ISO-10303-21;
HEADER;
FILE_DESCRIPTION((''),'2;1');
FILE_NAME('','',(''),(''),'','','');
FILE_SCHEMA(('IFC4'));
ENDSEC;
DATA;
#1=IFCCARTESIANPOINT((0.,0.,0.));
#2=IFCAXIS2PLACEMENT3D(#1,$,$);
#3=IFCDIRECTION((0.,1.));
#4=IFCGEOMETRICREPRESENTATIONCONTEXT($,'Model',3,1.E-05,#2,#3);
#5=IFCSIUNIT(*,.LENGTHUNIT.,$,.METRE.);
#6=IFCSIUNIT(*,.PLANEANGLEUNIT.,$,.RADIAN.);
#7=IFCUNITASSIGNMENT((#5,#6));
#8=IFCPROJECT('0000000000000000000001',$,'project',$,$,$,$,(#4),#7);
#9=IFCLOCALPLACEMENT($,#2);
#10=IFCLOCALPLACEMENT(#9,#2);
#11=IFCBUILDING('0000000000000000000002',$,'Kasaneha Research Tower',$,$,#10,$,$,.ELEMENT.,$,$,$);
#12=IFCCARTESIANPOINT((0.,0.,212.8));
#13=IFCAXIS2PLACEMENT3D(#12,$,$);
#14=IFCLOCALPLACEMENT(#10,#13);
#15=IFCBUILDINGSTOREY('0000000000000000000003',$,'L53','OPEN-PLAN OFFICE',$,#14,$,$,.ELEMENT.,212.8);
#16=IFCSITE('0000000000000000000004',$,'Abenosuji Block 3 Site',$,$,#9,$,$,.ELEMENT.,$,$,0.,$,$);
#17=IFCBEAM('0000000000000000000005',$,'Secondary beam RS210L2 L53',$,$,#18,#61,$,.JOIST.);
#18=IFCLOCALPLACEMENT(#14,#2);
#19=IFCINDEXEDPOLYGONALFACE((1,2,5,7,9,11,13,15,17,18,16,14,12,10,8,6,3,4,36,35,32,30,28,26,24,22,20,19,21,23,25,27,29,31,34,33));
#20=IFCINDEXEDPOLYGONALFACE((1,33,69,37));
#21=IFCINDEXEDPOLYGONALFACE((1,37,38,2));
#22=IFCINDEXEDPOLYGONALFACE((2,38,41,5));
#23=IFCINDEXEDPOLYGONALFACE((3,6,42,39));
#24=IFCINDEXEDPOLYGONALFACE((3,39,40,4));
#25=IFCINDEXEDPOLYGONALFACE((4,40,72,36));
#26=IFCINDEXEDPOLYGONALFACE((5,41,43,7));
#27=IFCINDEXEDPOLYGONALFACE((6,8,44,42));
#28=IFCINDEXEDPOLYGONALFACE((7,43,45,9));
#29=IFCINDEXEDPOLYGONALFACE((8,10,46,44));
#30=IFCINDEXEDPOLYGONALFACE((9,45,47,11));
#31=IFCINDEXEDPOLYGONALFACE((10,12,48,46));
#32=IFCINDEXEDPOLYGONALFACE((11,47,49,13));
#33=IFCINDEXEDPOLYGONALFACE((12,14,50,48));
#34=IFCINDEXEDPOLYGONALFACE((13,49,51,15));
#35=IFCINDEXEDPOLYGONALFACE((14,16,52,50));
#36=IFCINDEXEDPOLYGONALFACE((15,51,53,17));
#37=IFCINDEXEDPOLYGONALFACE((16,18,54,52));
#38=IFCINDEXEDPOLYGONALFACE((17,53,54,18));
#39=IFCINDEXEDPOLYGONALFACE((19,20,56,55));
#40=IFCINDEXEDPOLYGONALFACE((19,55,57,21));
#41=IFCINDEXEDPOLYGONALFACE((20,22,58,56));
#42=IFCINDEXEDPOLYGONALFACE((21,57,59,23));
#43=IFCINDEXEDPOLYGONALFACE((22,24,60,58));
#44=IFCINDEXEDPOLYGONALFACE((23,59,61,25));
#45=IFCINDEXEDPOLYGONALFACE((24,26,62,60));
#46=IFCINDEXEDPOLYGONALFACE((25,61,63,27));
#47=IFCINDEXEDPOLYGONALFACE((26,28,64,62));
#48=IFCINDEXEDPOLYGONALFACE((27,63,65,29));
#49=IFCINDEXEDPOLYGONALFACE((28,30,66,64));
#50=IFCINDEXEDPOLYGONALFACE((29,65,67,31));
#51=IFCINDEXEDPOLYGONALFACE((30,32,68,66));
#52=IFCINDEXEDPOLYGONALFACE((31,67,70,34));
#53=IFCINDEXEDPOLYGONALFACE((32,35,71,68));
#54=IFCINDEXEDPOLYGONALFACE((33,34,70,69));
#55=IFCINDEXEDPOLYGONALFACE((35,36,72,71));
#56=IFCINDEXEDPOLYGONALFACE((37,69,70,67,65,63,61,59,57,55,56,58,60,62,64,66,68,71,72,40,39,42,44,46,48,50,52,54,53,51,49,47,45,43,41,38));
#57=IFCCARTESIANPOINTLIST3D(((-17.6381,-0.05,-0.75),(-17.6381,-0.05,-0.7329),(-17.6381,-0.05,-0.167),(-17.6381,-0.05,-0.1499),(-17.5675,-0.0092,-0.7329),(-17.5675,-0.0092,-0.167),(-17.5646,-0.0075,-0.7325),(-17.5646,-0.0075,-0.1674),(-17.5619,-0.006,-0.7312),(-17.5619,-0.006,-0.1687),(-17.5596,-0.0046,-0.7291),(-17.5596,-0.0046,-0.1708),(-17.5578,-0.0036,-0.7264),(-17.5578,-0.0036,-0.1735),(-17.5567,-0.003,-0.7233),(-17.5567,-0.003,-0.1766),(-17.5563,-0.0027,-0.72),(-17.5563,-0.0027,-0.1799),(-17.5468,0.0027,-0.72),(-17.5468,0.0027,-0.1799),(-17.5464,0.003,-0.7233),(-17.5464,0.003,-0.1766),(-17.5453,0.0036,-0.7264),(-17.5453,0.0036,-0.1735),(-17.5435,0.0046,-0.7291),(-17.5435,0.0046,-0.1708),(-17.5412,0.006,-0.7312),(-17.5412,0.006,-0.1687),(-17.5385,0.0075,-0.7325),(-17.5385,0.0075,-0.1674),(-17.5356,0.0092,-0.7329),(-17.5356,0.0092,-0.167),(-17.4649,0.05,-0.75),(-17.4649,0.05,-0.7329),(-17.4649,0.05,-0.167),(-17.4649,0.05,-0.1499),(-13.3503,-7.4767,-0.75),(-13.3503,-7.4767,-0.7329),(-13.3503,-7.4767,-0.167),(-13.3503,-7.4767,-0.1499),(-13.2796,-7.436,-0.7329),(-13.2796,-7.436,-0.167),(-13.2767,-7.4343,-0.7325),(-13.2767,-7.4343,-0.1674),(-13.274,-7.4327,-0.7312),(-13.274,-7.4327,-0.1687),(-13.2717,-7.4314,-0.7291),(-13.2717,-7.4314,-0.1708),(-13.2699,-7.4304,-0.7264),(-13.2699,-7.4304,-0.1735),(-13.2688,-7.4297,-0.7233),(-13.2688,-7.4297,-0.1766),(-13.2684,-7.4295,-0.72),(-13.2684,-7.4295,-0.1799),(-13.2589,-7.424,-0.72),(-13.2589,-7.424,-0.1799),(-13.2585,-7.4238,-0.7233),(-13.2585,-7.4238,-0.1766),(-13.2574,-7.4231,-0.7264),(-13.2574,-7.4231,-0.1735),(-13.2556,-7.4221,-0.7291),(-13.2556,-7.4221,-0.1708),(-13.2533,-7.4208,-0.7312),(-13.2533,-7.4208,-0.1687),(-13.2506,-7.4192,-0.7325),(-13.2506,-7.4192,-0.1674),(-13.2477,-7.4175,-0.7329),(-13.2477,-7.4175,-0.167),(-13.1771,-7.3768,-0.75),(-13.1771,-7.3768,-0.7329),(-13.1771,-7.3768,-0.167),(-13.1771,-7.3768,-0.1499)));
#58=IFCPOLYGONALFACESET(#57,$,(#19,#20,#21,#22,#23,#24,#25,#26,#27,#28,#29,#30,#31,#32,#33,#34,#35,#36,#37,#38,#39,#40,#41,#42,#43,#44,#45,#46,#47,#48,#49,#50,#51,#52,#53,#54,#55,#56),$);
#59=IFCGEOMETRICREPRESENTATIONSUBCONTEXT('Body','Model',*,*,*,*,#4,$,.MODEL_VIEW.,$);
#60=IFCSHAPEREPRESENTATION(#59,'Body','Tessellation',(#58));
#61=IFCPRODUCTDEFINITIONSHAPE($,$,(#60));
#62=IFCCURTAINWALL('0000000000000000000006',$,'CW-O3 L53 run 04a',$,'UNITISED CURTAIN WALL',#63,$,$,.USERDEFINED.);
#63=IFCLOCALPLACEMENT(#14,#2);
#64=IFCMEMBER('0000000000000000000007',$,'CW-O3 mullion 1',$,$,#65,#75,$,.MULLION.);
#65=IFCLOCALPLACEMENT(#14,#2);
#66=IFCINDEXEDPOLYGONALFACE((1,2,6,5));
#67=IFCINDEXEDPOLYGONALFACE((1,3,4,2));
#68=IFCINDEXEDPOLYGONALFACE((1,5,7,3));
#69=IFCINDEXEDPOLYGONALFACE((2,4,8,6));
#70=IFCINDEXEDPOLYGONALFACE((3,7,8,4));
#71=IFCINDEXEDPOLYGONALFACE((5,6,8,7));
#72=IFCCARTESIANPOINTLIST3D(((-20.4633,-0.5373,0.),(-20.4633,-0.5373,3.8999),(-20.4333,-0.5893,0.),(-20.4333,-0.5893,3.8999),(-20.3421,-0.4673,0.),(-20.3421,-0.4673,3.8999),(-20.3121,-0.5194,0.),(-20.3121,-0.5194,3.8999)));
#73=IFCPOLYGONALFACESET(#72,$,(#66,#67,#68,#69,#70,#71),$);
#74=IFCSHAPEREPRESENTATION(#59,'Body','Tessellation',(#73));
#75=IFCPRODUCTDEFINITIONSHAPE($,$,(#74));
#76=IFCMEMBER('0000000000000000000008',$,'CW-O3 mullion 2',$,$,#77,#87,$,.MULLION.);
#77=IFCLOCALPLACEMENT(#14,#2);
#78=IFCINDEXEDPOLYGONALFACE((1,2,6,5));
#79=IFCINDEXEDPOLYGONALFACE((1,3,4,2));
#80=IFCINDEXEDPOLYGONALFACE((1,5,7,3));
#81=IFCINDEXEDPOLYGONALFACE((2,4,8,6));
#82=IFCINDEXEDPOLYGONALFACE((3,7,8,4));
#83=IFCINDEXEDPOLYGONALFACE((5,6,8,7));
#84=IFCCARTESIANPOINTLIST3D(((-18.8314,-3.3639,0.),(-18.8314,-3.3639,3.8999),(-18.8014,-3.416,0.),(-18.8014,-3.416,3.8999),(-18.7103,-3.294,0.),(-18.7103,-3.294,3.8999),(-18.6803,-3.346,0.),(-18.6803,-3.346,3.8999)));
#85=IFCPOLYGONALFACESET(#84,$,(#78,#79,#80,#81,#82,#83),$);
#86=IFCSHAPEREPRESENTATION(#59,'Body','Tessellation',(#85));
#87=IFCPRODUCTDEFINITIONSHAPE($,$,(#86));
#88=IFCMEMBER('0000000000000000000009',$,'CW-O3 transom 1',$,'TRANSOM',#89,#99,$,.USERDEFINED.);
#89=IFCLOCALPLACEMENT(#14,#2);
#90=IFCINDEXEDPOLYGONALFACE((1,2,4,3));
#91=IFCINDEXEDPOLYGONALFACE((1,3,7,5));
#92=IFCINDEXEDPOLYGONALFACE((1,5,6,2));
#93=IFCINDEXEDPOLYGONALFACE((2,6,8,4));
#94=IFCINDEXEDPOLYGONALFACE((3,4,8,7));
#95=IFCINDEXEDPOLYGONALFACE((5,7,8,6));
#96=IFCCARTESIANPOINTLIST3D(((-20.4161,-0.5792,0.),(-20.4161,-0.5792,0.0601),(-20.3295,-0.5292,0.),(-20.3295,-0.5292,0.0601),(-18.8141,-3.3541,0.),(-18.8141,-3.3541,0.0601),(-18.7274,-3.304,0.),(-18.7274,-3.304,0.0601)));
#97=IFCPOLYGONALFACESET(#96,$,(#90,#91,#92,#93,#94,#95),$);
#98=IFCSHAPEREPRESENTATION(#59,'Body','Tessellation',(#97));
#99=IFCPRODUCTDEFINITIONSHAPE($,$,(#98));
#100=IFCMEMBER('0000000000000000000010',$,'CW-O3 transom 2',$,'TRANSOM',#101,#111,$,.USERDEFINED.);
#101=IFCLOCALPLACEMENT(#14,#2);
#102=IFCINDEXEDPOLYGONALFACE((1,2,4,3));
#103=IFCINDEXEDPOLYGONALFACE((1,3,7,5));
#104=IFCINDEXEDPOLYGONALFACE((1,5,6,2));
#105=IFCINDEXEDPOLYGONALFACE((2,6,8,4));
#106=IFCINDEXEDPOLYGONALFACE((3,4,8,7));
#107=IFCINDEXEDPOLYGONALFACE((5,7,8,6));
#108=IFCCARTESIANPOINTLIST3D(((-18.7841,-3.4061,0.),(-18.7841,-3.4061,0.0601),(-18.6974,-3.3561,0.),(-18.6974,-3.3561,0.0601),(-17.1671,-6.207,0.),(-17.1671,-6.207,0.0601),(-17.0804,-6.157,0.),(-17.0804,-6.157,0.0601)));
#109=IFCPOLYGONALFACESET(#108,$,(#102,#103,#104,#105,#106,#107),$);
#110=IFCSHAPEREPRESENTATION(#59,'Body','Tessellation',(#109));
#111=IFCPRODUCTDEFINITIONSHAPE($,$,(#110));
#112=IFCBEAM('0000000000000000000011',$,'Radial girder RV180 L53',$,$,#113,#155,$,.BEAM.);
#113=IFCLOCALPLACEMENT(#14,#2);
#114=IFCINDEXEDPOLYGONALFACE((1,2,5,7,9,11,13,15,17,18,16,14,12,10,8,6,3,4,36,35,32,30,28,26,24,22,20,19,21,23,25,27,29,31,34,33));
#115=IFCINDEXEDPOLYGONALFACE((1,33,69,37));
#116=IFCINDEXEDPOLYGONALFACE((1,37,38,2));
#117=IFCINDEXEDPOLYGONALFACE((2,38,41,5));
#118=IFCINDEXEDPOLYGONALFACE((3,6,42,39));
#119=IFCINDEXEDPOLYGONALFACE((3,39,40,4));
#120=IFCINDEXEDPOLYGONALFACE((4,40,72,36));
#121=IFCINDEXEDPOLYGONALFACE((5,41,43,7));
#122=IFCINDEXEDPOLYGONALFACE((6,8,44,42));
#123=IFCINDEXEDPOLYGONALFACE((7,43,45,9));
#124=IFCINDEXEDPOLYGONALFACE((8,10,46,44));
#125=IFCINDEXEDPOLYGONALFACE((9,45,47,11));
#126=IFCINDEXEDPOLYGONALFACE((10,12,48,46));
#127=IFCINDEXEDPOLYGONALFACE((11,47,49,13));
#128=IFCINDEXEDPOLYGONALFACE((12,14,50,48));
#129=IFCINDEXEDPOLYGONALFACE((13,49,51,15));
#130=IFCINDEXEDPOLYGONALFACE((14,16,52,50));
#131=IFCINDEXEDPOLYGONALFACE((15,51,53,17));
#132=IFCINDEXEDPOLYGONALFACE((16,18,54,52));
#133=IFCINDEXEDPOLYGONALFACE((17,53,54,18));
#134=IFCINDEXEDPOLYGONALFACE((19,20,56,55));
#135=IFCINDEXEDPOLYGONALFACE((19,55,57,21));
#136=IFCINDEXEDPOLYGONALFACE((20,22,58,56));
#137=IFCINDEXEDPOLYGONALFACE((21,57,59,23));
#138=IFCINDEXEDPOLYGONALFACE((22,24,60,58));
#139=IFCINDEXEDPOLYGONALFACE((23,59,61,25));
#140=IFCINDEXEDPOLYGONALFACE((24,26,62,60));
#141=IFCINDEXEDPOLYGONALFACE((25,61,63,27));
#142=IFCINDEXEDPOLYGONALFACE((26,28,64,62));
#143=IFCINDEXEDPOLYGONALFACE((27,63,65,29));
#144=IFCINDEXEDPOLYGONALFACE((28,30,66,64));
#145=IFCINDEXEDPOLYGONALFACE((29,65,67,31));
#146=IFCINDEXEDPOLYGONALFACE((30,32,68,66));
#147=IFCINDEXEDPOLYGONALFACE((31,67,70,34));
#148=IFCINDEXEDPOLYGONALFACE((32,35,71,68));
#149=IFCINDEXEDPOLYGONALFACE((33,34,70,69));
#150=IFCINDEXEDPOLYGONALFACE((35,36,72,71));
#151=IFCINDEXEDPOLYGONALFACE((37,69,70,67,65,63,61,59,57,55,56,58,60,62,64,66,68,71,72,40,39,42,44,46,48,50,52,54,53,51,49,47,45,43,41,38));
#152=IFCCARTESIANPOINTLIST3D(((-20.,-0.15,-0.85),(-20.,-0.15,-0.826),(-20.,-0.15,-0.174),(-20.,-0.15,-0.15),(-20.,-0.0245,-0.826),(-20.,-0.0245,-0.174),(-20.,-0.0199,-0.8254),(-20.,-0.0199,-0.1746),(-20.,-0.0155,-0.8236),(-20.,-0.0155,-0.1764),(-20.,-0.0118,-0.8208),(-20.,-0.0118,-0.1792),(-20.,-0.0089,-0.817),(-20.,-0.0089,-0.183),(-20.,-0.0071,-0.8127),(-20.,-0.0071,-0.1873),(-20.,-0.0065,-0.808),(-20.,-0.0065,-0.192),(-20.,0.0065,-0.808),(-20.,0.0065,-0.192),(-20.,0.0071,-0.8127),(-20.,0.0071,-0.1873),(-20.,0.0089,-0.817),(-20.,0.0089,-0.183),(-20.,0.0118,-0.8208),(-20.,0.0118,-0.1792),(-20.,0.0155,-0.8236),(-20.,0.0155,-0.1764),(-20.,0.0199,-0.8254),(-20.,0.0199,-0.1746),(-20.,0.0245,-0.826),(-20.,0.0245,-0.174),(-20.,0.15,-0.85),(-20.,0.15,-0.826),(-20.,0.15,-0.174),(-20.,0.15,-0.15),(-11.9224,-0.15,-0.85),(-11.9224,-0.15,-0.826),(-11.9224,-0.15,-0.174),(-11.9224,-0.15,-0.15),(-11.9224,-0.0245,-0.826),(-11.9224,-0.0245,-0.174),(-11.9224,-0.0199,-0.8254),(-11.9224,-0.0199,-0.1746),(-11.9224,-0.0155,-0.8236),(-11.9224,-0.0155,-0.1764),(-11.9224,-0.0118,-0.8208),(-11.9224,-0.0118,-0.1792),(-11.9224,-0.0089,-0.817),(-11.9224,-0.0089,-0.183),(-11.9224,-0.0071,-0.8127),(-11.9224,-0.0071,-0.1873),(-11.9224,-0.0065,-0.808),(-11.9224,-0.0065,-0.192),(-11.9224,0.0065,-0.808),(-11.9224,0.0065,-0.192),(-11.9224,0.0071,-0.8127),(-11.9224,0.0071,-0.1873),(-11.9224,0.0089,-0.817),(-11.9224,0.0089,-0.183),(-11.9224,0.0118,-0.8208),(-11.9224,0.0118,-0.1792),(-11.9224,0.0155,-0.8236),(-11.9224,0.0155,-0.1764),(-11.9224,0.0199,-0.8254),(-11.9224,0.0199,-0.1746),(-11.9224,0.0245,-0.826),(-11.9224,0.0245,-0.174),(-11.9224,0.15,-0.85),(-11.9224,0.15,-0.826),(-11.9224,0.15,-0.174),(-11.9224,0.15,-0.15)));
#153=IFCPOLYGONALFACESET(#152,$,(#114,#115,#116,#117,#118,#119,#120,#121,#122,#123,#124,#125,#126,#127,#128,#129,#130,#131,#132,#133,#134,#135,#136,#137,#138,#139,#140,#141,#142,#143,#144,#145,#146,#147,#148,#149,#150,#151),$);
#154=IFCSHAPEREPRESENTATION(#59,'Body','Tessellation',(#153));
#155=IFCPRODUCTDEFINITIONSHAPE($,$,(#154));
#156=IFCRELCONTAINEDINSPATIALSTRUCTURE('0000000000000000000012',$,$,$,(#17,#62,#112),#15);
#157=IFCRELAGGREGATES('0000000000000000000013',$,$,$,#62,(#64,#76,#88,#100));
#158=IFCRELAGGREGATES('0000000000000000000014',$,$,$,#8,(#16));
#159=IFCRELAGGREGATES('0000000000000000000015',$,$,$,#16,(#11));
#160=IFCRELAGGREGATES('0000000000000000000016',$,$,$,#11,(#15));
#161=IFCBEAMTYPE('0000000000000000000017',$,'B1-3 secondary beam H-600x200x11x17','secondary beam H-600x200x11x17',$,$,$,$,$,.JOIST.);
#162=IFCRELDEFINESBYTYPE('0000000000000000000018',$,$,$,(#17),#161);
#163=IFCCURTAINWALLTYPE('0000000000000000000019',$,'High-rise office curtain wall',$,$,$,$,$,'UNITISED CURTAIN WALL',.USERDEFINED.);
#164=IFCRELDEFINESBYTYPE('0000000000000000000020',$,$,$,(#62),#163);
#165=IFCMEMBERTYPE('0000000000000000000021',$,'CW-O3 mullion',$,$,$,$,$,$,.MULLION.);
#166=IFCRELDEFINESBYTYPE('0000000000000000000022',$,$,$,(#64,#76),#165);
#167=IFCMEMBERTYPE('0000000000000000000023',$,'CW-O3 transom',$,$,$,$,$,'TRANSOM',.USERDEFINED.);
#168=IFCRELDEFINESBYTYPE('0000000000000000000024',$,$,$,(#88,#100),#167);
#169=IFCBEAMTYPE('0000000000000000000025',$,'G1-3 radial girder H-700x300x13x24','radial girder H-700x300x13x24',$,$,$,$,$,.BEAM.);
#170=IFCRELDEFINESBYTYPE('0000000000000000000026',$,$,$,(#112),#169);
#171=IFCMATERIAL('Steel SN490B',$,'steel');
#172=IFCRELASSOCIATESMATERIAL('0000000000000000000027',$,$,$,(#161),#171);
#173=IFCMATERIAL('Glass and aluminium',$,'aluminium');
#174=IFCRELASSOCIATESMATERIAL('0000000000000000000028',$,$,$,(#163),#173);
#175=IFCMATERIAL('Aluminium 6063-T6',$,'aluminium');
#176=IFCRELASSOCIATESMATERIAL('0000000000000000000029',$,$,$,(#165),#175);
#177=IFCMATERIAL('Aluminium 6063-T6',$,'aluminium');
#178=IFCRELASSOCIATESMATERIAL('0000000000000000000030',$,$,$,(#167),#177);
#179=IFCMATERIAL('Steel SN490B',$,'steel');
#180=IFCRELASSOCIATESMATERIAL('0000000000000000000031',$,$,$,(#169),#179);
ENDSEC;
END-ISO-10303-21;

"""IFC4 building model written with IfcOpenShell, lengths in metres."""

from ifc_helpers import new_model, si_unit, direction, frame, origin, origin_2d, place, context, subcontext, project, spatial, rectangle, i_section, extrude, material, material_profile, profile_set, type_object, element, aggregate, save


model = new_model("IFC4")

# Units and contexts
model_context = context("Model", 3, precision=1e-05, world=origin(), true_north=direction((0.0, 1.0)))
body_context = subcontext(model_context, "Body", "Model", "MODEL_VIEW")
ifc_project = project(units=[si_unit("LENGTHUNIT", "METRE"), si_unit("PLANEANGLEUNIT", "RADIAN")], contexts=[model_context])

# Site, building, storey
site_placement = place(None, origin())
site = spatial("IfcSite", under=ifc_project, at=site_placement, Name="Abenosuji Block 3 Site", CompositionType="ELEMENT", RefElevation=0.0)
building_placement = place(site_placement, origin())
building = spatial("IfcBuilding", under=site, at=building_placement, Name="Kasaneha Research Tower", CompositionType="ELEMENT")
storey_placement = place(building_placement, frame((0.0, 0.0, 212.8)))
storey = spatial("IfcBuildingStorey", under=building, at=storey_placement, Name="L53", Description="OPEN-PLAN OFFICE", CompositionType="ELEMENT", Elevation=212.8)

# Beam
ifc_material_1 = material(Name="Steel SN490B", Category="steel")
ifc_material_profile_1 = material_profile(ifc_material_1, i_section(OverallWidth=0.2, OverallDepth=0.6001, WebThickness=0.011, FlangeThickness=0.0171, FilletRadius=0.0129, at=origin_2d()), Name="H-600x200x11x17")
ifc_profile_set_1 = profile_set([ifc_material_profile_1], Name="Steel SN490B")
beam_type_1 = type_object("IfcBeamType", Name="B1-3 secondary beam H-600x200x11x17", Description="secondary beam H-600x200x11x17", PredefinedType="JOIST", material=ifc_profile_set_1)
beam_1_placement = place(storey_placement, frame((-17.5515, 0.0, -0.45), z_axis=(0.5, -0.866025, 0.0), x_axis=(0.866025, 0.5, 0.0)))
element("IfcBeam", 1, at=beam_1_placement, inside=storey, type_object=beam_type_1, Name="Secondary beam RS210L2 L53", PredefinedType="JOIST", context=body_context, shape_type="SweptSolid", body=[
    extrude(i_section(OverallWidth=0.2, OverallDepth=0.6001, WebThickness=0.011, FlangeThickness=0.0171, FilletRadius=0.0129, at=origin_2d()), origin(), (0.0, 0.0, 1.0), 8.5757),
])

# Curtain wall, members
ifc_material_2 = material(Name="Glass and aluminium", Category="aluminium")
curtain_wall_type = type_object("IfcCurtainWallType", Name="High-rise office curtain wall", ElementType="UNITISED CURTAIN WALL", PredefinedType="USERDEFINED", material=ifc_material_2)
curtain_wall_placement = place(storey_placement, origin())
curtain_wall = element("IfcCurtainWall", 2, at=curtain_wall_placement, inside=storey, type_object=curtain_wall_type, Name="CW-O3 L53 run 04a", ObjectType="UNITISED CURTAIN WALL", PredefinedType="USERDEFINED")
ifc_material_3 = material(Name="Aluminium 6063-T6", Category="aluminium")
ifc_material_profile_2 = material_profile(ifc_material_3, rectangle(XDim=0.0601, YDim=0.1399, at=origin_2d()), Name="CW-O3 mullion 60x140")
ifc_profile_set_2 = profile_set([ifc_material_profile_2], Name="Aluminium 6063-T6")
member_type_1 = type_object("IfcMemberType", Name="CW-O3 mullion", PredefinedType="MULLION", material=ifc_profile_set_2)
member_1_placement = place(storey_placement, frame((-20.3877, -0.5283, 0.0), z_axis=(0.0, 0.0, 1.0), x_axis=(0.5, -0.866025, 0.0)))
member_1 = element("IfcMember", 3, at=member_1_placement, type_object=member_type_1, Name="CW-O3 mullion 1", PredefinedType="MULLION", context=body_context, shape_type="SweptSolid", body=[
    extrude(rectangle(XDim=0.0601, YDim=0.1399, at=origin_2d()), origin(), (0.0, 0.0, 1.0), 3.8999),
])
member_2_placement = place(storey_placement, frame((-18.7559, -3.355, 0.0), z_axis=(0.0, 0.0, 1.0), x_axis=(0.5, -0.866025, 0.0)))
member_2 = element("IfcMember", 4, at=member_2_placement, type_object=member_type_1, Name="CW-O3 mullion 2", PredefinedType="MULLION", context=body_context, shape_type="SweptSolid", body=[
    extrude(rectangle(XDim=0.0601, YDim=0.1399, at=origin_2d()), origin(), (0.0, 0.0, 1.0), 3.8999),
])
ifc_material_4 = material(Name="Aluminium 6063-T6", Category="aluminium")
ifc_material_profile_3 = material_profile(ifc_material_4, rectangle(XDim=0.1001, YDim=0.0601, at=origin_2d()), Name="CW-O3 transom 100x60")
ifc_profile_set_3 = profile_set([ifc_material_profile_3], Name="Aluminium 6063-T6")
member_type_2 = type_object("IfcMemberType", Name="CW-O3 transom", ElementType="TRANSOM", PredefinedType="USERDEFINED", material=ifc_profile_set_3)
member_3_placement = place(storey_placement, frame((-20.3728, -0.5542, 0.03), z_axis=(0.499991, -0.866031, 0.0), x_axis=(0.866031, 0.499991, 0.0)))
member_3 = element("IfcMember", 5, at=member_3_placement, type_object=member_type_2, Name="CW-O3 transom 1", ObjectType="TRANSOM", PredefinedType="USERDEFINED", context=body_context, shape_type="SweptSolid", body=[
    extrude(rectangle(XDim=0.1001, YDim=0.0601, at=origin_2d()), origin(), (0.0, 0.0, 1.0), 3.2041),
])
member_4_placement = place(storey_placement, frame((-18.7407, -3.3811, 0.03), z_axis=(0.499979, -0.866037, 0.0), x_axis=(0.866037, 0.499979, 0.0)))
member_4 = element("IfcMember", 6, at=member_4_placement, type_object=member_type_2, Name="CW-O3 transom 2", ObjectType="TRANSOM", PredefinedType="USERDEFINED", context=body_context, shape_type="SweptSolid", body=[
    extrude(rectangle(XDim=0.1001, YDim=0.0601, at=origin_2d()), origin(), (0.0, 0.0, 1.0), 3.2341),
])

# Beam
ifc_material_5 = material(Name="Steel SN490B", Category="steel")
ifc_material_profile_4 = material_profile(ifc_material_5, i_section(OverallWidth=0.3, OverallDepth=0.7, WebThickness=0.0129, FlangeThickness=0.0239, FilletRadius=0.0181, at=origin_2d()), Name="H-700x300x13x24")
ifc_profile_set_4 = profile_set([ifc_material_profile_4], Name="Steel SN490B")
beam_type_2 = type_object("IfcBeamType", Name="G1-3 radial girder H-700x300x13x24", Description="radial girder H-700x300x13x24", PredefinedType="BEAM", material=ifc_profile_set_4)
beam_2_placement = place(storey_placement, frame((-11.9224, 0.0, -0.5), z_axis=(-1.0, 0.0, 0.0), x_axis=(0.0, -1.0, 0.0)))
element("IfcBeam", 7, at=beam_2_placement, inside=storey, type_object=beam_type_2, Name="Radial girder RV180 L53", PredefinedType="BEAM", context=body_context, shape_type="SweptSolid", body=[
    extrude(i_section(OverallWidth=0.3, OverallDepth=0.7, WebThickness=0.0129, FlangeThickness=0.0239, FilletRadius=0.0181, at=origin_2d()), origin(), (0.0, 0.0, 1.0), 8.0776),
])

aggregate(curtain_wall, [member_1, member_2, member_3, member_4])

save(model, "model.ifc")
